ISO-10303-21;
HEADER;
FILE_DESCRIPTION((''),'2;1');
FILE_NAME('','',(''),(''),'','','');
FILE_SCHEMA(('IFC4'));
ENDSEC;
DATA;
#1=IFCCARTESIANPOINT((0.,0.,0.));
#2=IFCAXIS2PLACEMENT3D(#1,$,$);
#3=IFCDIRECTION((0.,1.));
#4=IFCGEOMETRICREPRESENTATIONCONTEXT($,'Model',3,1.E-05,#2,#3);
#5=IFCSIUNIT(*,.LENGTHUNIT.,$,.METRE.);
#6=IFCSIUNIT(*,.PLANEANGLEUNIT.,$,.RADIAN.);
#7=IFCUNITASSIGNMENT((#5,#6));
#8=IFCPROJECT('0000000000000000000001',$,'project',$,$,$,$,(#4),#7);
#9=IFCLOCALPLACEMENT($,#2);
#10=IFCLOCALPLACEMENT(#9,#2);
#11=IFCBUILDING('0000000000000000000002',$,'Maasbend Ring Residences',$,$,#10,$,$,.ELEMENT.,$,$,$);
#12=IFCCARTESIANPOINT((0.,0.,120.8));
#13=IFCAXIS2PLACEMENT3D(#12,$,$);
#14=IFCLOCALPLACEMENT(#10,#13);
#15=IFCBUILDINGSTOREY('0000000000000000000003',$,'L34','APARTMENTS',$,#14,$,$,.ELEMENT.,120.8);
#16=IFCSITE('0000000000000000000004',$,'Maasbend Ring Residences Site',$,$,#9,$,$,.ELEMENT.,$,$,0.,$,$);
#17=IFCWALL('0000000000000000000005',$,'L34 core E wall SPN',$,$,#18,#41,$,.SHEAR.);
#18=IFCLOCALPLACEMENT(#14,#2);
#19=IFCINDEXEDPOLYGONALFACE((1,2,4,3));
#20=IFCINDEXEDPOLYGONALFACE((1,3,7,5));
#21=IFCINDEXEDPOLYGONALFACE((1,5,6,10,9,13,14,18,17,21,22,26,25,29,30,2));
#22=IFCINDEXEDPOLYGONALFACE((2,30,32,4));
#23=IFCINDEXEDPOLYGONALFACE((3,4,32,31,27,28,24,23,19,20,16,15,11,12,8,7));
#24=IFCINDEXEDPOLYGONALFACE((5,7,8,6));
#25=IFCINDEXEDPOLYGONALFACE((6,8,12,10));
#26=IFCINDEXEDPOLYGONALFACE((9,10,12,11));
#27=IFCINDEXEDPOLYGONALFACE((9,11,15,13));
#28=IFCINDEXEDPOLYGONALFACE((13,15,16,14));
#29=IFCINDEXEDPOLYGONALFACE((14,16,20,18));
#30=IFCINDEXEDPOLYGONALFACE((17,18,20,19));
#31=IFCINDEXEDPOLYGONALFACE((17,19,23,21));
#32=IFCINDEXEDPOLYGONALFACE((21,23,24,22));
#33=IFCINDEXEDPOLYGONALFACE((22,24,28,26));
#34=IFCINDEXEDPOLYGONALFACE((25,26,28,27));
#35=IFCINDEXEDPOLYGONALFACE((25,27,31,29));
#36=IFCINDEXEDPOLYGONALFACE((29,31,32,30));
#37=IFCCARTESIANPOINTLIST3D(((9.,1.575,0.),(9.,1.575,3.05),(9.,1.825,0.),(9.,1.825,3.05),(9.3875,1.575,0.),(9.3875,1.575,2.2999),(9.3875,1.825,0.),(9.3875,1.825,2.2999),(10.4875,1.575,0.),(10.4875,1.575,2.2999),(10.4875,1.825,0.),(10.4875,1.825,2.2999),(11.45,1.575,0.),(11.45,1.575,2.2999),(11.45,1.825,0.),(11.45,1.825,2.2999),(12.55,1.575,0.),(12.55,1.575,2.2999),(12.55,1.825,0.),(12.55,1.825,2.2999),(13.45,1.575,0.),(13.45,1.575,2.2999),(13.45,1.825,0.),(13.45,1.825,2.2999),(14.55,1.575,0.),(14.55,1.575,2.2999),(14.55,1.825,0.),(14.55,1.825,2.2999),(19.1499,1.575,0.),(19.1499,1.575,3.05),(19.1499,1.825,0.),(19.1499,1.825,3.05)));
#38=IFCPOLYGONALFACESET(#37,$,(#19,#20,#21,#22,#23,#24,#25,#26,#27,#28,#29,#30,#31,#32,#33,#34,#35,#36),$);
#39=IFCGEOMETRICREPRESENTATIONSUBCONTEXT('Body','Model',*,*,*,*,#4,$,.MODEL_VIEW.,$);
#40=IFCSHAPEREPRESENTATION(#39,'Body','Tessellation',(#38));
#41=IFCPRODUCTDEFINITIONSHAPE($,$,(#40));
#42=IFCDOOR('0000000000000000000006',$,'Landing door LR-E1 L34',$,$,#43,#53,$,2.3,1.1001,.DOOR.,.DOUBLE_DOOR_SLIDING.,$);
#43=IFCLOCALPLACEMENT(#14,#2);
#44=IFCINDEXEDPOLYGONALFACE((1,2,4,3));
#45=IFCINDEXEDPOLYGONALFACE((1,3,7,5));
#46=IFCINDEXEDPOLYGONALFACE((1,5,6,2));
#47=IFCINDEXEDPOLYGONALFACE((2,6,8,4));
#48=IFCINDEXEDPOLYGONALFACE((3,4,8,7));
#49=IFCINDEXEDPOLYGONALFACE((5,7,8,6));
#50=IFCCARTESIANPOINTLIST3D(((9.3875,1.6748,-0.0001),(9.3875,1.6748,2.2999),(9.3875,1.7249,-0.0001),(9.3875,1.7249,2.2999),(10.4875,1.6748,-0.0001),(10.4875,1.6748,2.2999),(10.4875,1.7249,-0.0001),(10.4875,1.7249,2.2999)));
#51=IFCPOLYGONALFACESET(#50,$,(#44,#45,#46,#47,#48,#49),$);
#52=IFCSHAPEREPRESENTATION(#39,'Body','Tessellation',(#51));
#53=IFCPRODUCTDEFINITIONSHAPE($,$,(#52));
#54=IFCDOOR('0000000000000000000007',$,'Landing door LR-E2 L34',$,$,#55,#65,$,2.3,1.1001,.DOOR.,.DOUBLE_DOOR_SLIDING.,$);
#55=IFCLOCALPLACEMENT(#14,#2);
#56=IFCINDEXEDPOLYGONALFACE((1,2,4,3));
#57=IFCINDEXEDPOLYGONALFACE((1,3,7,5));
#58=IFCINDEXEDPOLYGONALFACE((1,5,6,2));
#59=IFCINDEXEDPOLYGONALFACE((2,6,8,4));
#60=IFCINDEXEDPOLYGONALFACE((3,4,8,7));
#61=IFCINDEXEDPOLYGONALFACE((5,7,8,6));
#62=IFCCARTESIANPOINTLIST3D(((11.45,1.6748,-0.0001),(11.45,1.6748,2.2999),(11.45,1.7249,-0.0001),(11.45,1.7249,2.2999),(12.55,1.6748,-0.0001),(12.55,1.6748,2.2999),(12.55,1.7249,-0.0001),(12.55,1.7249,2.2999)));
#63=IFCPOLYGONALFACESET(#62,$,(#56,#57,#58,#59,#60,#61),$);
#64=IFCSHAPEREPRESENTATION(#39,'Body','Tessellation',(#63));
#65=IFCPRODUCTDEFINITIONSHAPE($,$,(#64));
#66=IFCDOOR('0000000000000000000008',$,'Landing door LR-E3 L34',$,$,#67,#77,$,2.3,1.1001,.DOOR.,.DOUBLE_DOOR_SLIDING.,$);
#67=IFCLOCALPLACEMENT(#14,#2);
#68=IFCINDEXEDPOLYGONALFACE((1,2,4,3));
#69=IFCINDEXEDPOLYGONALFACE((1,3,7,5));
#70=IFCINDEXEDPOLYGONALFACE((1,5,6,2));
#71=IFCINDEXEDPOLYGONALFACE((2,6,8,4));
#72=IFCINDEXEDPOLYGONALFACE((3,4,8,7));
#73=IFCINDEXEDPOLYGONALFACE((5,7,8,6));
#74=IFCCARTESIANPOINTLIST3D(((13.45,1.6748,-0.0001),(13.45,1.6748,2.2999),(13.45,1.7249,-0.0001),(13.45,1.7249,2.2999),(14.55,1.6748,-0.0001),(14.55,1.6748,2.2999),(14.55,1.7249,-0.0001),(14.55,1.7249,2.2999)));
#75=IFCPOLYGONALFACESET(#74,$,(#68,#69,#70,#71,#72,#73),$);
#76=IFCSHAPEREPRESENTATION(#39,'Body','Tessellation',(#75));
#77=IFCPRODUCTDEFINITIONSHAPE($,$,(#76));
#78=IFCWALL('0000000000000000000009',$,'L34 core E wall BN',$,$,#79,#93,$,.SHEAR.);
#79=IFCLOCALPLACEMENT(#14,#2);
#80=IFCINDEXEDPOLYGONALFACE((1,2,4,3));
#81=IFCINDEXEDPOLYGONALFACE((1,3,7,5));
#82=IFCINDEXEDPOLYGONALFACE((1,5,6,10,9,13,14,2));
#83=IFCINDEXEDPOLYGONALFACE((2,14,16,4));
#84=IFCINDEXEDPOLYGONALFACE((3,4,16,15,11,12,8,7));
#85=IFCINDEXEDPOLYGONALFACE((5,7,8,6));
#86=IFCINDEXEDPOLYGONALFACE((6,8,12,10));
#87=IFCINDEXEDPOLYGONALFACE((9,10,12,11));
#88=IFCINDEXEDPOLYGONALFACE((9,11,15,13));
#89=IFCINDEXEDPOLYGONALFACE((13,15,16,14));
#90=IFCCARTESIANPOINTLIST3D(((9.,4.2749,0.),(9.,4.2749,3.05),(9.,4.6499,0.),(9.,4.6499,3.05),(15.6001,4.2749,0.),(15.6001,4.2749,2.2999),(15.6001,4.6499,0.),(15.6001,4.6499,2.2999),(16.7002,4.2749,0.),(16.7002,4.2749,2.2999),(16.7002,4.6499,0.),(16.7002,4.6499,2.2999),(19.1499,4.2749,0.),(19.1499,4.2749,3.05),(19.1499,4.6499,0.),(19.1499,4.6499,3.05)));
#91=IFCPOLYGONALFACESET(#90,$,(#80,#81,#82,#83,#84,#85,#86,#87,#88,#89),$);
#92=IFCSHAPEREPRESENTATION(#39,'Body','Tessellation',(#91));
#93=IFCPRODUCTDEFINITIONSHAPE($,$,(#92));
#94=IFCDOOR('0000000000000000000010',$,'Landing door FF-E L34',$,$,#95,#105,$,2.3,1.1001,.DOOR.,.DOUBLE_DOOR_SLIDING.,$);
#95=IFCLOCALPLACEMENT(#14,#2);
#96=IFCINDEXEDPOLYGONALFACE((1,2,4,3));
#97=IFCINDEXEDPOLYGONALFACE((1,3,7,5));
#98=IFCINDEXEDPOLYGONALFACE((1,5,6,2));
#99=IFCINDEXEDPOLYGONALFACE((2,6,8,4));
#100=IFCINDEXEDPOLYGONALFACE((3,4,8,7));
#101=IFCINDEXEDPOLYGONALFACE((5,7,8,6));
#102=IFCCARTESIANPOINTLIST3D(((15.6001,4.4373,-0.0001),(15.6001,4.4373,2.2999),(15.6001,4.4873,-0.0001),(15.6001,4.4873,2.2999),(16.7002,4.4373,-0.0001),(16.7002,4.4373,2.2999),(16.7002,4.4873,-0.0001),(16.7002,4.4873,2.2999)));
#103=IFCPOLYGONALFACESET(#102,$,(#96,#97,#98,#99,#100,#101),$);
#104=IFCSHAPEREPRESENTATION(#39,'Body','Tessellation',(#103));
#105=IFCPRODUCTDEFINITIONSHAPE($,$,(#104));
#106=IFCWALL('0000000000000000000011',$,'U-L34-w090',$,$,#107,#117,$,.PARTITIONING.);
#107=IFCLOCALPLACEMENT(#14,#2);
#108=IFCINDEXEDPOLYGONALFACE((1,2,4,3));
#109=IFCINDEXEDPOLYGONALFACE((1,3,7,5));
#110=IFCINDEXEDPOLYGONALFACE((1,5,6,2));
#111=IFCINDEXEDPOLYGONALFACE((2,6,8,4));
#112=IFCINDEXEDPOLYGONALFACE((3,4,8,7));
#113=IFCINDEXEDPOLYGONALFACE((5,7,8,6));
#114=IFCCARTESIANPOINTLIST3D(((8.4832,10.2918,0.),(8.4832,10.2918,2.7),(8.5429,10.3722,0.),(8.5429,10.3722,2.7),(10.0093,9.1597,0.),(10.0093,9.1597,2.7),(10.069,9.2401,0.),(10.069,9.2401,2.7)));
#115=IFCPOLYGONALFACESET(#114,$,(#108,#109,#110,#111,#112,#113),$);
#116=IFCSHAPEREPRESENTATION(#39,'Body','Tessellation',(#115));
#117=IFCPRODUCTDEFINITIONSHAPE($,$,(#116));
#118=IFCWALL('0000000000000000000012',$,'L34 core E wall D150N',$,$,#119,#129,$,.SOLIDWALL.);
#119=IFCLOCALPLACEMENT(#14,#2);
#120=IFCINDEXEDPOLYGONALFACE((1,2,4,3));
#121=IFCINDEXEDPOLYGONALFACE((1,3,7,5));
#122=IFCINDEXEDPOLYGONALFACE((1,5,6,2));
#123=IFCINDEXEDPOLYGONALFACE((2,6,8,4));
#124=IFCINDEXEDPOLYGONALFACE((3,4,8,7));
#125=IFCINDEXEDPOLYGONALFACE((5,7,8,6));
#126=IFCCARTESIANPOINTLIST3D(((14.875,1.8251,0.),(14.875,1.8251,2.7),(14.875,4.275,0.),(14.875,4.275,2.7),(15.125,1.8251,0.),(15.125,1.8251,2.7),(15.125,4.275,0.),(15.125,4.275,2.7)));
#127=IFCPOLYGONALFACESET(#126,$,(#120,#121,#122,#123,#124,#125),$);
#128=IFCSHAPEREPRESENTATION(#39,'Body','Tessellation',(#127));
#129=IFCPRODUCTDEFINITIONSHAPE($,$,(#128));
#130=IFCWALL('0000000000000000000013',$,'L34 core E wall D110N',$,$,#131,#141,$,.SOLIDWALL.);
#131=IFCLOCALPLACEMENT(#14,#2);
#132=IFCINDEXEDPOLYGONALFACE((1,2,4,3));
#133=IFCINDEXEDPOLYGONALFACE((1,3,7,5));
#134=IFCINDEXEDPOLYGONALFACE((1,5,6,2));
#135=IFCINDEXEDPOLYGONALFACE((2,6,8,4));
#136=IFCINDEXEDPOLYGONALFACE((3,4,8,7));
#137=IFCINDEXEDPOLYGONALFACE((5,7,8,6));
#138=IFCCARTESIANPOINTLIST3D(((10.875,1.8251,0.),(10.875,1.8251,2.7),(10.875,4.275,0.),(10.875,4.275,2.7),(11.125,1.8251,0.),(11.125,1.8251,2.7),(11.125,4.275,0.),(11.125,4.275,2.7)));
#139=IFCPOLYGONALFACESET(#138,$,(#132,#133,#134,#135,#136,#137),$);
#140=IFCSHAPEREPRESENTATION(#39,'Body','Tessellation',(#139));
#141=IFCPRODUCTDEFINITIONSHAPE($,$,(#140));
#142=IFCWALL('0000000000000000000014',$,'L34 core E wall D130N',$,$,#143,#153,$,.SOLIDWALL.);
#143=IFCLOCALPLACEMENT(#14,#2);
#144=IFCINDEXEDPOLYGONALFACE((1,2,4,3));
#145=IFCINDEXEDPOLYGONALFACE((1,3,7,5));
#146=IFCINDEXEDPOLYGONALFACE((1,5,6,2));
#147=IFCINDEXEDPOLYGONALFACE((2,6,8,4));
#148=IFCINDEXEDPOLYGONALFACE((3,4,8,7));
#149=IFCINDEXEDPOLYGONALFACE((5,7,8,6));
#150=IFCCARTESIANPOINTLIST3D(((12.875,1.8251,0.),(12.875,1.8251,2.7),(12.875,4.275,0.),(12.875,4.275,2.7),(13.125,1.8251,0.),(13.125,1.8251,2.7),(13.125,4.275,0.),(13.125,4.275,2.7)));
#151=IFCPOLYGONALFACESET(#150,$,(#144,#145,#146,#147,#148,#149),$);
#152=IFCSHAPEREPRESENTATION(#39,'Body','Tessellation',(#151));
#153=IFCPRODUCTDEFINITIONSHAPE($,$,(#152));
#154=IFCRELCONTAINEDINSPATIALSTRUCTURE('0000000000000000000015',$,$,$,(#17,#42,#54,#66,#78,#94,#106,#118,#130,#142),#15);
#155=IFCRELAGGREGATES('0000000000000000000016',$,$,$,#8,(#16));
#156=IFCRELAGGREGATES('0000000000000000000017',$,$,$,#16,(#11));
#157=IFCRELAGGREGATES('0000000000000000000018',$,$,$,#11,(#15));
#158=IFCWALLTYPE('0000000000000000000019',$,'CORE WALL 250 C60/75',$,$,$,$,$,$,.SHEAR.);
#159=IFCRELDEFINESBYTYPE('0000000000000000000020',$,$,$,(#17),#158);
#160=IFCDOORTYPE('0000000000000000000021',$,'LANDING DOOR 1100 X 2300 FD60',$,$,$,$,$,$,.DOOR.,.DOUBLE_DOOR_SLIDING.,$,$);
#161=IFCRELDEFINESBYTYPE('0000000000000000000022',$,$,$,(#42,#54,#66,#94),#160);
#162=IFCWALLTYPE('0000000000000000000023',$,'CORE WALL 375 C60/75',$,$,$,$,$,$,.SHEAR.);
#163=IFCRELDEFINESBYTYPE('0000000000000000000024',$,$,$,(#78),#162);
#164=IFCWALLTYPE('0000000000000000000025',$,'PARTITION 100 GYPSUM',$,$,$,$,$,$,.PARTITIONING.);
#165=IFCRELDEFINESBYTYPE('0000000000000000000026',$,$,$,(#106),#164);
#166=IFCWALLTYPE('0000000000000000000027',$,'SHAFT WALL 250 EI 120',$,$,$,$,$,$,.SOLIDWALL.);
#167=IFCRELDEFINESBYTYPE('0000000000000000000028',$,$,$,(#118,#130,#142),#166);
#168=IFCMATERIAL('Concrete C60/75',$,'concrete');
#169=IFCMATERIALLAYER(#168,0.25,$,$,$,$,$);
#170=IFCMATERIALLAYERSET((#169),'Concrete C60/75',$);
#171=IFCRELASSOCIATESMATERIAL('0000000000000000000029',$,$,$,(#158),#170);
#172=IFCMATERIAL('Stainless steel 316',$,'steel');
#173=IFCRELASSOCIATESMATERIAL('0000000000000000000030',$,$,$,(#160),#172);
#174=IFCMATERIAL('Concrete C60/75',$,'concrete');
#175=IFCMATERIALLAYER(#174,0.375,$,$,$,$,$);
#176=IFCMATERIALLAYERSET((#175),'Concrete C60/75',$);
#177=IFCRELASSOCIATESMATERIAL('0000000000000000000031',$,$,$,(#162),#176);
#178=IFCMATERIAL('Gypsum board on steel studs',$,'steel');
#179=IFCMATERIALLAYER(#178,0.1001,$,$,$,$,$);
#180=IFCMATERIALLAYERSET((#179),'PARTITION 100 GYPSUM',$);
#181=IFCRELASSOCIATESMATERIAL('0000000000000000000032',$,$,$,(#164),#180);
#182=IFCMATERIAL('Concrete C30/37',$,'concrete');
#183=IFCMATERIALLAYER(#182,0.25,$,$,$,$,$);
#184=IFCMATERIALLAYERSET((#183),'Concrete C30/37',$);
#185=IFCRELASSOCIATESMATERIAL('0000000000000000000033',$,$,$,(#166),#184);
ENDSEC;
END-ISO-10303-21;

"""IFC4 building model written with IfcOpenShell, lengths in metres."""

from ifc_helpers import new_model, si_unit, direction, frame, frame_2d, origin, place, context, subcontext, project, spatial, rectangle, extrude, material, layer, layer_set, type_object, element, fill, save


model = new_model("IFC4")

# Units and contexts
model_context = context("Model", 3, precision=1e-05, world=origin(), true_north=direction((0.0, 1.0)))
body_context = subcontext(model_context, "Body", "Model", "MODEL_VIEW")
ifc_project = project(units=[si_unit("LENGTHUNIT", "METRE"), si_unit("PLANEANGLEUNIT", "RADIAN")], contexts=[model_context])

# Site, building, storey
site_placement = place(None, origin())
site = spatial("IfcSite", under=ifc_project, at=site_placement, Name="Maasbend Ring Residences Site", CompositionType="ELEMENT", RefElevation=0.0)
building_placement = place(site_placement, origin())
building = spatial("IfcBuilding", under=site, at=building_placement, Name="Maasbend Ring Residences", CompositionType="ELEMENT")
storey_placement = place(building_placement, frame((0.0, 0.0, 120.8)))
storey = spatial("IfcBuildingStorey", under=building, at=storey_placement, Name="L34", Description="APARTMENTS", CompositionType="ELEMENT", Elevation=120.8)

# Wall, openings, doors
ifc_material_1 = material(Name="Concrete C60/75", Category="concrete")
ifc_layer_1 = layer(ifc_material_1, 0.25)
ifc_layer_set_1 = layer_set([ifc_layer_1], Name="Concrete C60/75")
wall_type_1 = type_object("IfcWallType", Name="CORE WALL 250 C60/75", PredefinedType="SHEAR", material=ifc_layer_set_1)
wall_1_placement = place(storey_placement, frame((9.0, 1.7, 0.0), z_axis=(0.0, 0.0, 1.0), x_axis=(1.0, 0.0, 0.0)))
wall_1 = element("IfcWall", 1, at=wall_1_placement, inside=storey, type_object=wall_type_1, Name="L34 core E wall SPN", PredefinedType="SHEAR", context=body_context, shape_type="SweptSolid", body=[
    extrude(rectangle(XDim=10.1499, YDim=0.25, at=frame_2d((5.075, 0.0))), origin(), (0.0, 0.0, 1.0), 3.05),
])
opening_1_placement = place(wall_1_placement, frame((0.3875, 0.0, 0.0)))
opening_1 = element("IfcOpeningElement", 2, at=opening_1_placement, cuts=wall_1, PredefinedType="OPENING", context=body_context, shape_type="SweptSolid", body=[
    extrude(rectangle(XDim=1.1001, YDim=2.3, at=frame_2d((0.55, 1.1499))), frame((0.0, 0.135, 0.0), z_axis=(0.0, -1.0, 0.0), x_axis=(1.0, 0.0, 0.0)), (0.0, 0.0, 1.0), 0.27),
])
opening_2_placement = place(wall_1_placement, frame((2.45, 0.0, 0.0)))
opening_2 = element("IfcOpeningElement", 3, at=opening_2_placement, cuts=wall_1, PredefinedType="OPENING", context=body_context, shape_type="SweptSolid", body=[
    extrude(rectangle(XDim=1.1001, YDim=2.3, at=frame_2d((0.55, 1.1499))), frame((0.0, 0.135, 0.0), z_axis=(0.0, -1.0, 0.0), x_axis=(1.0, 0.0, 0.0)), (0.0, 0.0, 1.0), 0.27),
])
opening_3_placement = place(wall_1_placement, frame((4.45, 0.0, 0.0)))
opening_3 = element("IfcOpeningElement", 4, at=opening_3_placement, cuts=wall_1, PredefinedType="OPENING", context=body_context, shape_type="SweptSolid", body=[
    extrude(rectangle(XDim=1.1001, YDim=2.3, at=frame_2d((0.55, 1.1499))), frame((0.0, 0.135, 0.0), z_axis=(0.0, -1.0, 0.0), x_axis=(1.0, 0.0, 0.0)), (0.0, 0.0, 1.0), 0.27),
])
ifc_material_2 = material(Name="Stainless steel 316", Category="steel")
door_type = type_object("IfcDoorType", Name="LANDING DOOR 1100 X 2300 FD60", OperationType="DOUBLE_DOOR_SLIDING", PredefinedType="DOOR", material=ifc_material_2)
door_1_placement = place(opening_1_placement, origin())
door_1 = element("IfcDoor", 5, at=door_1_placement, inside=storey, type_object=door_type, Name="Landing door LR-E1 L34", OperationType="DOUBLE_DOOR_SLIDING", OverallHeight=2.3, OverallWidth=1.1001, PredefinedType="DOOR", context=body_context, shape_type="SweptSolid", body=[
    extrude(rectangle(XDim=1.1001, YDim=2.3, at=frame_2d((0.55, 1.1499))), frame((0.0, 0.0249, 0.0), z_axis=(0.0, -1.0, 0.0), x_axis=(1.0, 0.0, 0.0)), (0.0, 0.0, 1.0), 0.05),
])
fill(opening_1, door_1)
door_2_placement = place(opening_2_placement, origin())
door_2 = element("IfcDoor", 6, at=door_2_placement, inside=storey, type_object=door_type, Name="Landing door LR-E2 L34", OperationType="DOUBLE_DOOR_SLIDING", OverallHeight=2.3, OverallWidth=1.1001, PredefinedType="DOOR", context=body_context, shape_type="SweptSolid", body=[
    extrude(rectangle(XDim=1.1001, YDim=2.3, at=frame_2d((0.55, 1.1499))), frame((0.0, 0.0249, 0.0), z_axis=(0.0, -1.0, 0.0), x_axis=(1.0, 0.0, 0.0)), (0.0, 0.0, 1.0), 0.05),
])
fill(opening_2, door_2)
door_3_placement = place(opening_3_placement, origin())
door_3 = element("IfcDoor", 7, at=door_3_placement, inside=storey, type_object=door_type, Name="Landing door LR-E3 L34", OperationType="DOUBLE_DOOR_SLIDING", OverallHeight=2.3, OverallWidth=1.1001, PredefinedType="DOOR", context=body_context, shape_type="SweptSolid", body=[
    extrude(rectangle(XDim=1.1001, YDim=2.3, at=frame_2d((0.55, 1.1499))), frame((0.0, 0.0249, 0.0), z_axis=(0.0, -1.0, 0.0), x_axis=(1.0, 0.0, 0.0)), (0.0, 0.0, 1.0), 0.05),
])
fill(opening_3, door_3)

# Wall, opening, door
ifc_material_3 = material(Name="Concrete C60/75", Category="concrete")
ifc_layer_2 = layer(ifc_material_3, 0.375)
ifc_layer_set_2 = layer_set([ifc_layer_2], Name="Concrete C60/75")
wall_type_2 = type_object("IfcWallType", Name="CORE WALL 375 C60/75", PredefinedType="SHEAR", material=ifc_layer_set_2)
wall_2_placement = place(storey_placement, frame((9.0, 4.4624, 0.0), z_axis=(0.0, 0.0, 1.0), x_axis=(1.0, 0.0, 0.0)))
wall_2 = element("IfcWall", 8, at=wall_2_placement, inside=storey, type_object=wall_type_2, Name="L34 core E wall BN", PredefinedType="SHEAR", context=body_context, shape_type="SweptSolid", body=[
    extrude(rectangle(XDim=10.1499, YDim=0.375, at=frame_2d((5.075, 0.0))), origin(), (0.0, 0.0, 1.0), 3.05),
])
opening_4_placement = place(wall_2_placement, frame((6.6001, 0.0, 0.0)))
opening_4 = element("IfcOpeningElement", 9, at=opening_4_placement, cuts=wall_2, PredefinedType="OPENING", context=body_context, shape_type="SweptSolid", body=[
    extrude(rectangle(XDim=1.1001, YDim=2.3, at=frame_2d((0.55, 1.1499))), frame((0.0, 0.1975, 0.0), z_axis=(0.0, -1.0, 0.0), x_axis=(1.0, 0.0, 0.0)), (0.0, 0.0, 1.0), 0.395),
])
door_4_placement = place(opening_4_placement, origin())
door_4 = element("IfcDoor", 10, at=door_4_placement, inside=storey, type_object=door_type, Name="Landing door FF-E L34", OperationType="DOUBLE_DOOR_SLIDING", OverallHeight=2.3, OverallWidth=1.1001, PredefinedType="DOOR", context=body_context, shape_type="SweptSolid", body=[
    extrude(rectangle(XDim=1.1001, YDim=2.3, at=frame_2d((0.55, 1.1499))), frame((0.0, 0.0249, 0.0), z_axis=(0.0, -1.0, 0.0), x_axis=(1.0, 0.0, 0.0)), (0.0, 0.0, 1.0), 0.05),
])
fill(opening_4, door_4)

# Walls
ifc_material_4 = material(Name="Gypsum board on steel studs", Category="steel")
ifc_layer_3 = layer(ifc_material_4, 0.1001)
ifc_layer_set_3 = layer_set([ifc_layer_3], Name="PARTITION 100 GYPSUM")
wall_type_3 = type_object("IfcWallType", Name="PARTITION 100 GYPSUM", PredefinedType="PARTITIONING", material=ifc_layer_set_3)
wall_3_placement = place(storey_placement, frame((8.5129, 10.332, 0.0), z_axis=(0.0, 0.0, 1.0), x_axis=(0.80315, -0.595777, 0.0)))
element("IfcWall", 11, at=wall_3_placement, inside=storey, type_object=wall_type_3, Name="U-L34-w090", PredefinedType="PARTITIONING", context=body_context, shape_type="SweptSolid", body=[
    extrude(rectangle(XDim=1.9001, YDim=0.1001, at=frame_2d((0.9502, 0.0))), origin(), (0.0, 0.0, 1.0), 2.7),
])
ifc_material_5 = material(Name="Concrete C30/37", Category="concrete")
ifc_layer_4 = layer(ifc_material_5, 0.25)
ifc_layer_set_4 = layer_set([ifc_layer_4], Name="Concrete C30/37")
wall_type_4 = type_object("IfcWallType", Name="SHAFT WALL 250 EI 120", PredefinedType="SOLIDWALL", material=ifc_layer_set_4)
for number, where, z_axis, x_axis, name in (
    (12, (15.0, 1.825, 0.0), (0.0, 0.0, 1.0), (0.0, 1.0, 0.0), "L34 core E wall D150N"),
    (13, (11.0, 1.825, 0.0), (0.0, 0.0, 1.0), (0.0, 1.0, 0.0), "L34 core E wall D110N"),
    (14, (13.0, 1.825, 0.0), (0.0, 0.0, 1.0), (0.0, 1.0, 0.0), "L34 core E wall D130N"),
):
    element("IfcWall", number, at=place(storey_placement, frame(where, z_axis=z_axis, x_axis=x_axis)), inside=storey, type_object=wall_type_4, Name=name, PredefinedType="SOLIDWALL", context=body_context, shape_type="SweptSolid", body=[
        extrude(rectangle(XDim=2.45, YDim=0.25, at=frame_2d((1.2251, 0.0))), origin(), (0.0, 0.0, 1.0), 2.7),
    ])

save(model, "model.ifc")
